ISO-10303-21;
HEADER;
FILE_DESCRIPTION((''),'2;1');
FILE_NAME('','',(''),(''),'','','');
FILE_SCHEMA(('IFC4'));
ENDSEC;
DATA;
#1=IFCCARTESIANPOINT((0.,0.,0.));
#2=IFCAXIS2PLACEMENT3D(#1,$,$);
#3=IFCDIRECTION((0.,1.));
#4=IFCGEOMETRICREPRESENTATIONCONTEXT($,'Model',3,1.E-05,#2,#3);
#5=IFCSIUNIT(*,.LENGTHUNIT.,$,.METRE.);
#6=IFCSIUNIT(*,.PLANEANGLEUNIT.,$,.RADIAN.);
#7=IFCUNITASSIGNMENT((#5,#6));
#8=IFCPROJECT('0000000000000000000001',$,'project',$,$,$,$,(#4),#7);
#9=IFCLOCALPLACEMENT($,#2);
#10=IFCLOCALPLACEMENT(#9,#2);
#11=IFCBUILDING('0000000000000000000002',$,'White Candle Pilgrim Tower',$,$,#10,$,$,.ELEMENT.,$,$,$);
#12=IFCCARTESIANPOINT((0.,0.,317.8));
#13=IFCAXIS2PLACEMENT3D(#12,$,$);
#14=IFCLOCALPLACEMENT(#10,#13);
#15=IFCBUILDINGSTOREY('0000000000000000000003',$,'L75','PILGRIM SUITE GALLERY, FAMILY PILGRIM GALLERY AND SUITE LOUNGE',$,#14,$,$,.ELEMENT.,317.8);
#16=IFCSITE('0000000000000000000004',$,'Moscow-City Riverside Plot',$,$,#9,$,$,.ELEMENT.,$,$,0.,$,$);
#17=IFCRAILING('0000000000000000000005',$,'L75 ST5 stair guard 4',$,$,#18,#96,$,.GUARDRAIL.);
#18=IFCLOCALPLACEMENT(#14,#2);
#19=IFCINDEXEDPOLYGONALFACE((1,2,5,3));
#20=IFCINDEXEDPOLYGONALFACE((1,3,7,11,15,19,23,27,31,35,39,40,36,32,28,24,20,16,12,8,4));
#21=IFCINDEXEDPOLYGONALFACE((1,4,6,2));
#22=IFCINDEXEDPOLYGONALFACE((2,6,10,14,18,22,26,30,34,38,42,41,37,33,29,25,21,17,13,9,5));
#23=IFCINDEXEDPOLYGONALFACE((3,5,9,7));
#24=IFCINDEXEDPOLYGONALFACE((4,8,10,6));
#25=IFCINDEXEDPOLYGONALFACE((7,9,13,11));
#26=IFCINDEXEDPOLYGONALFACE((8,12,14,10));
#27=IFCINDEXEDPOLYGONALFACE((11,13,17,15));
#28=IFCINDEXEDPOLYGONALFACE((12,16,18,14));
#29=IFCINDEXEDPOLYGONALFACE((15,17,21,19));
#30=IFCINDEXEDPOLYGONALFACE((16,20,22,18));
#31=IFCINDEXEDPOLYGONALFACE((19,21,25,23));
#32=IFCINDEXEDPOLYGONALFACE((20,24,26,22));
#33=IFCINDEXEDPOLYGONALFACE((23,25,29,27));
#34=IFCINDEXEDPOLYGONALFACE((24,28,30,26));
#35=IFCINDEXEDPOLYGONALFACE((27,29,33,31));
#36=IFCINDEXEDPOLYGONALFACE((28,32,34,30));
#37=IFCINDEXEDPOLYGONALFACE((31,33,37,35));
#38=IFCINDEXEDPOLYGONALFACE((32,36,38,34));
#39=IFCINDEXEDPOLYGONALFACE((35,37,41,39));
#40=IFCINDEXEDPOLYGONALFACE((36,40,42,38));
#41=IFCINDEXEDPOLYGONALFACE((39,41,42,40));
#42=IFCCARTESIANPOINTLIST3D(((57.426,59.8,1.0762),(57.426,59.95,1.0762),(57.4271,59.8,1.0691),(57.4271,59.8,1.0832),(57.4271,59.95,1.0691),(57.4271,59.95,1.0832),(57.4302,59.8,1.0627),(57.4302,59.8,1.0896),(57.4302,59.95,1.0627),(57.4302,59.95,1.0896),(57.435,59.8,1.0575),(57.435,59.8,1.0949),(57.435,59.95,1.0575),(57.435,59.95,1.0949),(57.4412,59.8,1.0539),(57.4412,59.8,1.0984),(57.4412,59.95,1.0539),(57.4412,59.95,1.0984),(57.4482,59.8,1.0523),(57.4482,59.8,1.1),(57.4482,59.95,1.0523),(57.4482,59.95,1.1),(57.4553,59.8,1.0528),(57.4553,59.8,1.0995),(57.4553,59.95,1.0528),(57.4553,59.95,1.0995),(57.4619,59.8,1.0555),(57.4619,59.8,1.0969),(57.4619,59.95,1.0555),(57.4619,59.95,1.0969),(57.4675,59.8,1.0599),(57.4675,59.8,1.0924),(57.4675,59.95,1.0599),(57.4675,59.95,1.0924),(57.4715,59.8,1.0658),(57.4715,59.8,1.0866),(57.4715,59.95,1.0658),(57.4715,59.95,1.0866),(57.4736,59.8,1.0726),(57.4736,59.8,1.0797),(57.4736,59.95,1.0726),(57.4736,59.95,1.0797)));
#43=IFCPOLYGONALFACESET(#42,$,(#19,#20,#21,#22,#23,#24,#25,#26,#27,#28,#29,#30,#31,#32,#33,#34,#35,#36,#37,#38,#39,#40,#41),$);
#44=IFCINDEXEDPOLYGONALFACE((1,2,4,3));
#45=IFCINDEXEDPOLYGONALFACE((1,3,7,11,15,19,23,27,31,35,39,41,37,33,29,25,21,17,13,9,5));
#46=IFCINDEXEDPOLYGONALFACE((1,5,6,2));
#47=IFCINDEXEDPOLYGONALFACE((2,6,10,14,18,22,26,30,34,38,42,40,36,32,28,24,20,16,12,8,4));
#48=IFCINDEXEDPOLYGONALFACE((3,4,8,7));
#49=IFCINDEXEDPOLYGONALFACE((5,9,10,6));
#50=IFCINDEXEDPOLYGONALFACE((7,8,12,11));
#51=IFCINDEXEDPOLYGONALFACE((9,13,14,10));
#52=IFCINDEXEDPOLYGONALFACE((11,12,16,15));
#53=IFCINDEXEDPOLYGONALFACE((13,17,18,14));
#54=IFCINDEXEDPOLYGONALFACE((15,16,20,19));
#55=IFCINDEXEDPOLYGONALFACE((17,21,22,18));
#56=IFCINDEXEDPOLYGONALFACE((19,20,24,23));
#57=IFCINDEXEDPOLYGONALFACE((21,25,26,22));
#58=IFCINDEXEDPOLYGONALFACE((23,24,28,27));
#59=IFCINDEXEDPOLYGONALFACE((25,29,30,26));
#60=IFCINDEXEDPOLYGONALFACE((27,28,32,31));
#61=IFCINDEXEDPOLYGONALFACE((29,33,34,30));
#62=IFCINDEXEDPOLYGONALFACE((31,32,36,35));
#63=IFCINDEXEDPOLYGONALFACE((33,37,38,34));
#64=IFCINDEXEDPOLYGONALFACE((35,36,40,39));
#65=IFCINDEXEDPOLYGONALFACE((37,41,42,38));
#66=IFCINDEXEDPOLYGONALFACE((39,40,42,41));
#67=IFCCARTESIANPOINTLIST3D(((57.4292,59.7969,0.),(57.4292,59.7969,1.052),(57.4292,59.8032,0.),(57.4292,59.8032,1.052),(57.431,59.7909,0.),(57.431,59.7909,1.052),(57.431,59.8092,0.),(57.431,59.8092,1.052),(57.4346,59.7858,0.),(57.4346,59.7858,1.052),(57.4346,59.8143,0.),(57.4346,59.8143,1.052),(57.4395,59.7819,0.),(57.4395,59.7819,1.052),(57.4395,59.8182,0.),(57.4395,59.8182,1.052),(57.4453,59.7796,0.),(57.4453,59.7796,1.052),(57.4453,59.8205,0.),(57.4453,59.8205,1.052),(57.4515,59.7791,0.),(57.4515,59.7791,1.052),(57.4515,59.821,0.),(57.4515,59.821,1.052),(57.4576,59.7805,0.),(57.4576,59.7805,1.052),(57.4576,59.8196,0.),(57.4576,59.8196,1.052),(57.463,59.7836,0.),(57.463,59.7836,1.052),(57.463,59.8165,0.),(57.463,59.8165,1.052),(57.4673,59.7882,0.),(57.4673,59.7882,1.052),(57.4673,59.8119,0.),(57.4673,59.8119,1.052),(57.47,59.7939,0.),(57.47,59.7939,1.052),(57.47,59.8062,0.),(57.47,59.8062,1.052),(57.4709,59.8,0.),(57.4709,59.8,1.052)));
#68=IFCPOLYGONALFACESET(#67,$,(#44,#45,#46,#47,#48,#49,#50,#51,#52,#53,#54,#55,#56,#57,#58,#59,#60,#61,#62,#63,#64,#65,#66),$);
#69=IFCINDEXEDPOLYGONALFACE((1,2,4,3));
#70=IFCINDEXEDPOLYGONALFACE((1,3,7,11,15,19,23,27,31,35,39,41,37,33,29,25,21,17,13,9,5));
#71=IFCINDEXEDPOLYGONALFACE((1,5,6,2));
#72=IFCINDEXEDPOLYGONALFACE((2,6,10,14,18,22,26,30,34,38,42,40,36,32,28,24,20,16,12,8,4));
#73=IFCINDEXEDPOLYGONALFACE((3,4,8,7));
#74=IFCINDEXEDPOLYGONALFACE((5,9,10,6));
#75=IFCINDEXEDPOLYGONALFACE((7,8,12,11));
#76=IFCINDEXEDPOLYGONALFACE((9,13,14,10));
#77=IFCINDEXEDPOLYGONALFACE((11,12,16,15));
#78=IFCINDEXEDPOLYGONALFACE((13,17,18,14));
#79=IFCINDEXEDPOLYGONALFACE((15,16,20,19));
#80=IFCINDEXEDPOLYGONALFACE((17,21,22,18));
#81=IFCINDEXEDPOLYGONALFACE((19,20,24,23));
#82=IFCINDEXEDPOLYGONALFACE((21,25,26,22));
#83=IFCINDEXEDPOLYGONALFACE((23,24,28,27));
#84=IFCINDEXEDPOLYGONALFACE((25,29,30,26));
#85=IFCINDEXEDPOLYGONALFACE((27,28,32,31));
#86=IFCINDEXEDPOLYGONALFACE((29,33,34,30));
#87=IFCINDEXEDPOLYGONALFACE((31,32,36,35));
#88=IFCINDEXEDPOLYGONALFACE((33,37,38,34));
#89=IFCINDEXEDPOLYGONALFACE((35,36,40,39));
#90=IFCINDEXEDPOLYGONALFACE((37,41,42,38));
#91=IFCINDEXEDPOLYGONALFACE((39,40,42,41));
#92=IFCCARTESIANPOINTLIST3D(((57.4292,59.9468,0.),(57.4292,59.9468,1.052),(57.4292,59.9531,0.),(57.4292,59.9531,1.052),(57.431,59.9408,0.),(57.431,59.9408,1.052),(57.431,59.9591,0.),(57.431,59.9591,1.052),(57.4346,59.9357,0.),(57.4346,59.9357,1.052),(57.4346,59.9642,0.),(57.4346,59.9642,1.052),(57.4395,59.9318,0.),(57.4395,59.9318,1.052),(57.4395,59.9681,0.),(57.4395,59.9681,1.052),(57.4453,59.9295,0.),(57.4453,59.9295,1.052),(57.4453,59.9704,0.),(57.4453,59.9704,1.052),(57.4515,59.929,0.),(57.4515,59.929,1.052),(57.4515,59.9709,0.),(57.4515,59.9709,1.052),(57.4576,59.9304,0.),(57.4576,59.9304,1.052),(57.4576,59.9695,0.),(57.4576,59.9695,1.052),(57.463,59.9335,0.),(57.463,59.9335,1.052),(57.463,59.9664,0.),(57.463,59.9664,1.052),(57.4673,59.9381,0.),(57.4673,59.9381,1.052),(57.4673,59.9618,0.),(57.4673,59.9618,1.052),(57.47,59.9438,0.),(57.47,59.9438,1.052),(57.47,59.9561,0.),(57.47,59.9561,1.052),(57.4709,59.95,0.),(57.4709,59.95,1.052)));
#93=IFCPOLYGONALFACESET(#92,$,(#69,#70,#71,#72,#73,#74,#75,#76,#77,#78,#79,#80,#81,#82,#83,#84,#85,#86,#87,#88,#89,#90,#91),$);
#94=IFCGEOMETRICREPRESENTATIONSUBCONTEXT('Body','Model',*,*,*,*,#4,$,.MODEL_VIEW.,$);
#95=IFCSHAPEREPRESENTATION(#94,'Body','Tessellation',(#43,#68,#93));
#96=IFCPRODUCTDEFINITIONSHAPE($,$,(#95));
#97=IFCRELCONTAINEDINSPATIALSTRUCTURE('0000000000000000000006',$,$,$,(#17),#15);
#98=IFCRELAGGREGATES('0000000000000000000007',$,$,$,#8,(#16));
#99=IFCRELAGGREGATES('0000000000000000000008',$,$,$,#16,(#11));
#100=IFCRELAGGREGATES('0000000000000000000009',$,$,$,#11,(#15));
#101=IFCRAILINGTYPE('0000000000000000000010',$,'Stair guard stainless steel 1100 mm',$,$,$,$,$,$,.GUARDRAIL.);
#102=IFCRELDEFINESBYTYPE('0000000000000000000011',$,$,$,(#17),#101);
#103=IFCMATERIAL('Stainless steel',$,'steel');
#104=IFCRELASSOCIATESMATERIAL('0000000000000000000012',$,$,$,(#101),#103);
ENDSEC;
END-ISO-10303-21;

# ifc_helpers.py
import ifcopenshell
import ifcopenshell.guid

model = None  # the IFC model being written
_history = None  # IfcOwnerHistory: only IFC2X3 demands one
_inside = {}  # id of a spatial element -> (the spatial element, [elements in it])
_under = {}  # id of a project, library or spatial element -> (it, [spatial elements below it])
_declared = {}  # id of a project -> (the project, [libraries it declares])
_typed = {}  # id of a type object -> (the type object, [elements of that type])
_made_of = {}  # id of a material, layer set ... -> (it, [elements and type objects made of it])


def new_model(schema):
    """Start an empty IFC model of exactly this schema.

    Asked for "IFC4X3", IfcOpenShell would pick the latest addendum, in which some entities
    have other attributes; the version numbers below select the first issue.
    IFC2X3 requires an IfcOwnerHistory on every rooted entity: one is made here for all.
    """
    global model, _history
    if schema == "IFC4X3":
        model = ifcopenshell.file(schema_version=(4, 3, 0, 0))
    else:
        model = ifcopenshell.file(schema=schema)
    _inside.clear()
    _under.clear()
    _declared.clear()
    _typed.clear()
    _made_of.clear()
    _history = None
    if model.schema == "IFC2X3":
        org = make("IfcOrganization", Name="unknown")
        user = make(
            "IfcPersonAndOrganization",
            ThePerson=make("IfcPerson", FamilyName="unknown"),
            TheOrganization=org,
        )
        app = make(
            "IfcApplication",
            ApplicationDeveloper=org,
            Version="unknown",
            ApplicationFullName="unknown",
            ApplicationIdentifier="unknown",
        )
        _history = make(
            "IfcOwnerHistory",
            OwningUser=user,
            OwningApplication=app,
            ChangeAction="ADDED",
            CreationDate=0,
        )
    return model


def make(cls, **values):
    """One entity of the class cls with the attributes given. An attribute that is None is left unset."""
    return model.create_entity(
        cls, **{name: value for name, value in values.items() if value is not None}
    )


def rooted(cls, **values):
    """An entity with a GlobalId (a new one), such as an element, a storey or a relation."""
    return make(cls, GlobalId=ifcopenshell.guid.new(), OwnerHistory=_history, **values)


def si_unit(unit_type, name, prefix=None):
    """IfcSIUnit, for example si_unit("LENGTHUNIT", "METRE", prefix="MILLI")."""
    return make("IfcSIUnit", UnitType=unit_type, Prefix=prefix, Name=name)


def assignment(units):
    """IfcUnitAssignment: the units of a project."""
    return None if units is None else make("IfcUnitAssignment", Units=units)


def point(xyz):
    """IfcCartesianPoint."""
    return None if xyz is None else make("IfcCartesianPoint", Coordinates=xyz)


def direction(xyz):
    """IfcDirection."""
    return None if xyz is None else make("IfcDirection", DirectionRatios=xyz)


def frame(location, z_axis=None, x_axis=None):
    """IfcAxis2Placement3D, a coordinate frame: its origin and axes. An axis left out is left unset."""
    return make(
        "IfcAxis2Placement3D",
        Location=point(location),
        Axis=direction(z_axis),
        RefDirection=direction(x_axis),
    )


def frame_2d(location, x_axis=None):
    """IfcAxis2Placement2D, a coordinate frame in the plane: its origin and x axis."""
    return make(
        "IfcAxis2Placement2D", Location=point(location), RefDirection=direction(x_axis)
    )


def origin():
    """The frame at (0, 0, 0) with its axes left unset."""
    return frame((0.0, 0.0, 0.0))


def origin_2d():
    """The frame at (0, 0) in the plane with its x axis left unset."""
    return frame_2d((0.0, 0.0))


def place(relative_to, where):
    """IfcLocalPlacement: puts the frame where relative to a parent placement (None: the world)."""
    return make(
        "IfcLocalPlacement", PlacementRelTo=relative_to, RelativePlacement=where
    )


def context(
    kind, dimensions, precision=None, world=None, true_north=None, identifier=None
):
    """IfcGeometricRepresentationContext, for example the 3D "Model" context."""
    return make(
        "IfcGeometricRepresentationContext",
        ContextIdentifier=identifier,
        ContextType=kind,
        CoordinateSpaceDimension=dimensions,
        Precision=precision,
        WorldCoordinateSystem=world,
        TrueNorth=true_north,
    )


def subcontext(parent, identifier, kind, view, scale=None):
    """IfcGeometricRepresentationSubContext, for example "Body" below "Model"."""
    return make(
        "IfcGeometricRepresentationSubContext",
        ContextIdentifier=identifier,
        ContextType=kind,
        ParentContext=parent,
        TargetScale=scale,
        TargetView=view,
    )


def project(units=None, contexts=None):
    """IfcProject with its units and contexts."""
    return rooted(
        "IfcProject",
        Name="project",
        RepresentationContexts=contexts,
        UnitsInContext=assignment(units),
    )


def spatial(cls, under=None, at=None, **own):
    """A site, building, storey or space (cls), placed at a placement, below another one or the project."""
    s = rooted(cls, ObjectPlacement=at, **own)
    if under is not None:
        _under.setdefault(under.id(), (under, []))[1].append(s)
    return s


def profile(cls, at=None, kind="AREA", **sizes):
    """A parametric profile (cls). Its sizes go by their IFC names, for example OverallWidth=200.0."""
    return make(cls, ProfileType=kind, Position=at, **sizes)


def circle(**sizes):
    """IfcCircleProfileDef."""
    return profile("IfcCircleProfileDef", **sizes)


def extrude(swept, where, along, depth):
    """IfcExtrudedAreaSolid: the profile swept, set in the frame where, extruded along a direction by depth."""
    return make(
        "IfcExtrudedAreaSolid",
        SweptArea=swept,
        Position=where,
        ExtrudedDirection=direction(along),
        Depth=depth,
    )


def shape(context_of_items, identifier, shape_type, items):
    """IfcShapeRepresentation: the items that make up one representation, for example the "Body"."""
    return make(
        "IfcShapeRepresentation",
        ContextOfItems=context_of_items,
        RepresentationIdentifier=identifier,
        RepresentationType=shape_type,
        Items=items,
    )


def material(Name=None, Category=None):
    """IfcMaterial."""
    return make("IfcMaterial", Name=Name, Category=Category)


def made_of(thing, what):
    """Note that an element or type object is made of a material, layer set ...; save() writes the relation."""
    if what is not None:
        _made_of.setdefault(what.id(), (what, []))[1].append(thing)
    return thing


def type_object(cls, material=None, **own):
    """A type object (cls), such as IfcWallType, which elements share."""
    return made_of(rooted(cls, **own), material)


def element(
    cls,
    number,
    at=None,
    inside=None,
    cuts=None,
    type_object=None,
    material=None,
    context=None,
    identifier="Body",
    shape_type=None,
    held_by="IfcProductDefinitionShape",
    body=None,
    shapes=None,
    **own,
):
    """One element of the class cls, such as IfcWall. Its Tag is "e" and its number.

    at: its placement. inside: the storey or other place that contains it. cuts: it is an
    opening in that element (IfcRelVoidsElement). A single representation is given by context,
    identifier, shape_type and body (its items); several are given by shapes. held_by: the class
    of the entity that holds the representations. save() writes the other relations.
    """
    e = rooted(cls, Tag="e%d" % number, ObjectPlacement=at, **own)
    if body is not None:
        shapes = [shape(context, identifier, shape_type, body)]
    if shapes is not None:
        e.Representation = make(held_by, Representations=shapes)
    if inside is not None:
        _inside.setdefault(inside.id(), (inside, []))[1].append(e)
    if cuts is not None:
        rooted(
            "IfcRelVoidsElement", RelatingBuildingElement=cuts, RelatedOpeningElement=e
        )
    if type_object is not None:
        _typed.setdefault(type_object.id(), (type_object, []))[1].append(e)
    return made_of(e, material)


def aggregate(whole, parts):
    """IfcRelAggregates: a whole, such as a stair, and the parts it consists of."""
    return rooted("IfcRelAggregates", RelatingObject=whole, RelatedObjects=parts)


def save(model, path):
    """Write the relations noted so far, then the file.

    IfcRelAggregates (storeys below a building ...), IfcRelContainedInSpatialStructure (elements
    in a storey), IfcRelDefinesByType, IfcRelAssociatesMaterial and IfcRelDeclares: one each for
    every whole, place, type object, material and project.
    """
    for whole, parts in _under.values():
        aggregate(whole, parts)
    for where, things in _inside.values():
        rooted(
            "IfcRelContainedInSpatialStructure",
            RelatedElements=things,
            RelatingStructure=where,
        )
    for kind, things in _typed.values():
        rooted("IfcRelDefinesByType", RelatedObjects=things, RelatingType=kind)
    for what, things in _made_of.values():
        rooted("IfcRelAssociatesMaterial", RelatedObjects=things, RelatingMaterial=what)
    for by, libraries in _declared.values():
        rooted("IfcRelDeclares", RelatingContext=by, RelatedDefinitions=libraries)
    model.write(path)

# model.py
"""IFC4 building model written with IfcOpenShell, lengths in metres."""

from ifc_helpers import new_model, si_unit, direction, frame, origin, origin_2d, place, context, subcontext, project, spatial, circle, extrude, material, type_object, element, save


model = new_model("IFC4")

# Units and contexts
model_context = context("Model", 3, precision=1e-05, world=origin(), true_north=direction((0.0, 1.0)))
body_context = subcontext(model_context, "Body", "Model", "MODEL_VIEW")
ifc_project = project(units=[si_unit("LENGTHUNIT", "METRE"), si_unit("PLANEANGLEUNIT", "RADIAN")], contexts=[model_context])

# Site, building, storey
site_placement = place(None, origin())
site = spatial("IfcSite", under=ifc_project, at=site_placement, Name="Moscow-City Riverside Plot", CompositionType="ELEMENT", RefElevation=0.0)
building_placement = place(site_placement, origin())
building = spatial("IfcBuilding", under=site, at=building_placement, Name="White Candle Pilgrim Tower", CompositionType="ELEMENT")
storey_placement = place(building_placement, frame((0.0, 0.0, 317.8)))
storey = spatial("IfcBuildingStorey", under=building, at=storey_placement, Name="L75", Description="PILGRIM SUITE GALLERY, FAMILY PILGRIM GALLERY AND SUITE LOUNGE", CompositionType="ELEMENT", Elevation=317.8)

# Railing
ifc_material_1 = material(Name="Stainless steel", Category="steel")
railing_type_1 = type_object("IfcRailingType", Name="Stair guard stainless steel 1100 mm", PredefinedType="GUARDRAIL", material=ifc_material_1)
railing_1_placement = place(storey_placement, frame((57.45, 59.8, 0.0)))
element("IfcRailing", 1, at=railing_1_placement, inside=storey, type_object=railing_type_1, Name="L75 ST5 stair guard 4", PredefinedType="GUARDRAIL", context=body_context, shape_type="SweptSolid", body=[
    extrude(circle(Radius=0.0239, at=origin_2d()), frame((0.0, 0.0, 1.0762), z_axis=(0.0, 1.0, 0.0), x_axis=(-1.0, 0.0, 0.0)), (0.0, 0.0, 1.0), 0.1499),
    extrude(circle(Radius=0.021, at=origin_2d()), origin(), (0.0, 0.0, 1.0), 1.052),
    extrude(circle(Radius=0.021, at=origin_2d()), frame((0.0, 0.1499, 0.0)), (0.0, 0.0, 1.0), 1.052),
])

save(model, "model.ifc")
